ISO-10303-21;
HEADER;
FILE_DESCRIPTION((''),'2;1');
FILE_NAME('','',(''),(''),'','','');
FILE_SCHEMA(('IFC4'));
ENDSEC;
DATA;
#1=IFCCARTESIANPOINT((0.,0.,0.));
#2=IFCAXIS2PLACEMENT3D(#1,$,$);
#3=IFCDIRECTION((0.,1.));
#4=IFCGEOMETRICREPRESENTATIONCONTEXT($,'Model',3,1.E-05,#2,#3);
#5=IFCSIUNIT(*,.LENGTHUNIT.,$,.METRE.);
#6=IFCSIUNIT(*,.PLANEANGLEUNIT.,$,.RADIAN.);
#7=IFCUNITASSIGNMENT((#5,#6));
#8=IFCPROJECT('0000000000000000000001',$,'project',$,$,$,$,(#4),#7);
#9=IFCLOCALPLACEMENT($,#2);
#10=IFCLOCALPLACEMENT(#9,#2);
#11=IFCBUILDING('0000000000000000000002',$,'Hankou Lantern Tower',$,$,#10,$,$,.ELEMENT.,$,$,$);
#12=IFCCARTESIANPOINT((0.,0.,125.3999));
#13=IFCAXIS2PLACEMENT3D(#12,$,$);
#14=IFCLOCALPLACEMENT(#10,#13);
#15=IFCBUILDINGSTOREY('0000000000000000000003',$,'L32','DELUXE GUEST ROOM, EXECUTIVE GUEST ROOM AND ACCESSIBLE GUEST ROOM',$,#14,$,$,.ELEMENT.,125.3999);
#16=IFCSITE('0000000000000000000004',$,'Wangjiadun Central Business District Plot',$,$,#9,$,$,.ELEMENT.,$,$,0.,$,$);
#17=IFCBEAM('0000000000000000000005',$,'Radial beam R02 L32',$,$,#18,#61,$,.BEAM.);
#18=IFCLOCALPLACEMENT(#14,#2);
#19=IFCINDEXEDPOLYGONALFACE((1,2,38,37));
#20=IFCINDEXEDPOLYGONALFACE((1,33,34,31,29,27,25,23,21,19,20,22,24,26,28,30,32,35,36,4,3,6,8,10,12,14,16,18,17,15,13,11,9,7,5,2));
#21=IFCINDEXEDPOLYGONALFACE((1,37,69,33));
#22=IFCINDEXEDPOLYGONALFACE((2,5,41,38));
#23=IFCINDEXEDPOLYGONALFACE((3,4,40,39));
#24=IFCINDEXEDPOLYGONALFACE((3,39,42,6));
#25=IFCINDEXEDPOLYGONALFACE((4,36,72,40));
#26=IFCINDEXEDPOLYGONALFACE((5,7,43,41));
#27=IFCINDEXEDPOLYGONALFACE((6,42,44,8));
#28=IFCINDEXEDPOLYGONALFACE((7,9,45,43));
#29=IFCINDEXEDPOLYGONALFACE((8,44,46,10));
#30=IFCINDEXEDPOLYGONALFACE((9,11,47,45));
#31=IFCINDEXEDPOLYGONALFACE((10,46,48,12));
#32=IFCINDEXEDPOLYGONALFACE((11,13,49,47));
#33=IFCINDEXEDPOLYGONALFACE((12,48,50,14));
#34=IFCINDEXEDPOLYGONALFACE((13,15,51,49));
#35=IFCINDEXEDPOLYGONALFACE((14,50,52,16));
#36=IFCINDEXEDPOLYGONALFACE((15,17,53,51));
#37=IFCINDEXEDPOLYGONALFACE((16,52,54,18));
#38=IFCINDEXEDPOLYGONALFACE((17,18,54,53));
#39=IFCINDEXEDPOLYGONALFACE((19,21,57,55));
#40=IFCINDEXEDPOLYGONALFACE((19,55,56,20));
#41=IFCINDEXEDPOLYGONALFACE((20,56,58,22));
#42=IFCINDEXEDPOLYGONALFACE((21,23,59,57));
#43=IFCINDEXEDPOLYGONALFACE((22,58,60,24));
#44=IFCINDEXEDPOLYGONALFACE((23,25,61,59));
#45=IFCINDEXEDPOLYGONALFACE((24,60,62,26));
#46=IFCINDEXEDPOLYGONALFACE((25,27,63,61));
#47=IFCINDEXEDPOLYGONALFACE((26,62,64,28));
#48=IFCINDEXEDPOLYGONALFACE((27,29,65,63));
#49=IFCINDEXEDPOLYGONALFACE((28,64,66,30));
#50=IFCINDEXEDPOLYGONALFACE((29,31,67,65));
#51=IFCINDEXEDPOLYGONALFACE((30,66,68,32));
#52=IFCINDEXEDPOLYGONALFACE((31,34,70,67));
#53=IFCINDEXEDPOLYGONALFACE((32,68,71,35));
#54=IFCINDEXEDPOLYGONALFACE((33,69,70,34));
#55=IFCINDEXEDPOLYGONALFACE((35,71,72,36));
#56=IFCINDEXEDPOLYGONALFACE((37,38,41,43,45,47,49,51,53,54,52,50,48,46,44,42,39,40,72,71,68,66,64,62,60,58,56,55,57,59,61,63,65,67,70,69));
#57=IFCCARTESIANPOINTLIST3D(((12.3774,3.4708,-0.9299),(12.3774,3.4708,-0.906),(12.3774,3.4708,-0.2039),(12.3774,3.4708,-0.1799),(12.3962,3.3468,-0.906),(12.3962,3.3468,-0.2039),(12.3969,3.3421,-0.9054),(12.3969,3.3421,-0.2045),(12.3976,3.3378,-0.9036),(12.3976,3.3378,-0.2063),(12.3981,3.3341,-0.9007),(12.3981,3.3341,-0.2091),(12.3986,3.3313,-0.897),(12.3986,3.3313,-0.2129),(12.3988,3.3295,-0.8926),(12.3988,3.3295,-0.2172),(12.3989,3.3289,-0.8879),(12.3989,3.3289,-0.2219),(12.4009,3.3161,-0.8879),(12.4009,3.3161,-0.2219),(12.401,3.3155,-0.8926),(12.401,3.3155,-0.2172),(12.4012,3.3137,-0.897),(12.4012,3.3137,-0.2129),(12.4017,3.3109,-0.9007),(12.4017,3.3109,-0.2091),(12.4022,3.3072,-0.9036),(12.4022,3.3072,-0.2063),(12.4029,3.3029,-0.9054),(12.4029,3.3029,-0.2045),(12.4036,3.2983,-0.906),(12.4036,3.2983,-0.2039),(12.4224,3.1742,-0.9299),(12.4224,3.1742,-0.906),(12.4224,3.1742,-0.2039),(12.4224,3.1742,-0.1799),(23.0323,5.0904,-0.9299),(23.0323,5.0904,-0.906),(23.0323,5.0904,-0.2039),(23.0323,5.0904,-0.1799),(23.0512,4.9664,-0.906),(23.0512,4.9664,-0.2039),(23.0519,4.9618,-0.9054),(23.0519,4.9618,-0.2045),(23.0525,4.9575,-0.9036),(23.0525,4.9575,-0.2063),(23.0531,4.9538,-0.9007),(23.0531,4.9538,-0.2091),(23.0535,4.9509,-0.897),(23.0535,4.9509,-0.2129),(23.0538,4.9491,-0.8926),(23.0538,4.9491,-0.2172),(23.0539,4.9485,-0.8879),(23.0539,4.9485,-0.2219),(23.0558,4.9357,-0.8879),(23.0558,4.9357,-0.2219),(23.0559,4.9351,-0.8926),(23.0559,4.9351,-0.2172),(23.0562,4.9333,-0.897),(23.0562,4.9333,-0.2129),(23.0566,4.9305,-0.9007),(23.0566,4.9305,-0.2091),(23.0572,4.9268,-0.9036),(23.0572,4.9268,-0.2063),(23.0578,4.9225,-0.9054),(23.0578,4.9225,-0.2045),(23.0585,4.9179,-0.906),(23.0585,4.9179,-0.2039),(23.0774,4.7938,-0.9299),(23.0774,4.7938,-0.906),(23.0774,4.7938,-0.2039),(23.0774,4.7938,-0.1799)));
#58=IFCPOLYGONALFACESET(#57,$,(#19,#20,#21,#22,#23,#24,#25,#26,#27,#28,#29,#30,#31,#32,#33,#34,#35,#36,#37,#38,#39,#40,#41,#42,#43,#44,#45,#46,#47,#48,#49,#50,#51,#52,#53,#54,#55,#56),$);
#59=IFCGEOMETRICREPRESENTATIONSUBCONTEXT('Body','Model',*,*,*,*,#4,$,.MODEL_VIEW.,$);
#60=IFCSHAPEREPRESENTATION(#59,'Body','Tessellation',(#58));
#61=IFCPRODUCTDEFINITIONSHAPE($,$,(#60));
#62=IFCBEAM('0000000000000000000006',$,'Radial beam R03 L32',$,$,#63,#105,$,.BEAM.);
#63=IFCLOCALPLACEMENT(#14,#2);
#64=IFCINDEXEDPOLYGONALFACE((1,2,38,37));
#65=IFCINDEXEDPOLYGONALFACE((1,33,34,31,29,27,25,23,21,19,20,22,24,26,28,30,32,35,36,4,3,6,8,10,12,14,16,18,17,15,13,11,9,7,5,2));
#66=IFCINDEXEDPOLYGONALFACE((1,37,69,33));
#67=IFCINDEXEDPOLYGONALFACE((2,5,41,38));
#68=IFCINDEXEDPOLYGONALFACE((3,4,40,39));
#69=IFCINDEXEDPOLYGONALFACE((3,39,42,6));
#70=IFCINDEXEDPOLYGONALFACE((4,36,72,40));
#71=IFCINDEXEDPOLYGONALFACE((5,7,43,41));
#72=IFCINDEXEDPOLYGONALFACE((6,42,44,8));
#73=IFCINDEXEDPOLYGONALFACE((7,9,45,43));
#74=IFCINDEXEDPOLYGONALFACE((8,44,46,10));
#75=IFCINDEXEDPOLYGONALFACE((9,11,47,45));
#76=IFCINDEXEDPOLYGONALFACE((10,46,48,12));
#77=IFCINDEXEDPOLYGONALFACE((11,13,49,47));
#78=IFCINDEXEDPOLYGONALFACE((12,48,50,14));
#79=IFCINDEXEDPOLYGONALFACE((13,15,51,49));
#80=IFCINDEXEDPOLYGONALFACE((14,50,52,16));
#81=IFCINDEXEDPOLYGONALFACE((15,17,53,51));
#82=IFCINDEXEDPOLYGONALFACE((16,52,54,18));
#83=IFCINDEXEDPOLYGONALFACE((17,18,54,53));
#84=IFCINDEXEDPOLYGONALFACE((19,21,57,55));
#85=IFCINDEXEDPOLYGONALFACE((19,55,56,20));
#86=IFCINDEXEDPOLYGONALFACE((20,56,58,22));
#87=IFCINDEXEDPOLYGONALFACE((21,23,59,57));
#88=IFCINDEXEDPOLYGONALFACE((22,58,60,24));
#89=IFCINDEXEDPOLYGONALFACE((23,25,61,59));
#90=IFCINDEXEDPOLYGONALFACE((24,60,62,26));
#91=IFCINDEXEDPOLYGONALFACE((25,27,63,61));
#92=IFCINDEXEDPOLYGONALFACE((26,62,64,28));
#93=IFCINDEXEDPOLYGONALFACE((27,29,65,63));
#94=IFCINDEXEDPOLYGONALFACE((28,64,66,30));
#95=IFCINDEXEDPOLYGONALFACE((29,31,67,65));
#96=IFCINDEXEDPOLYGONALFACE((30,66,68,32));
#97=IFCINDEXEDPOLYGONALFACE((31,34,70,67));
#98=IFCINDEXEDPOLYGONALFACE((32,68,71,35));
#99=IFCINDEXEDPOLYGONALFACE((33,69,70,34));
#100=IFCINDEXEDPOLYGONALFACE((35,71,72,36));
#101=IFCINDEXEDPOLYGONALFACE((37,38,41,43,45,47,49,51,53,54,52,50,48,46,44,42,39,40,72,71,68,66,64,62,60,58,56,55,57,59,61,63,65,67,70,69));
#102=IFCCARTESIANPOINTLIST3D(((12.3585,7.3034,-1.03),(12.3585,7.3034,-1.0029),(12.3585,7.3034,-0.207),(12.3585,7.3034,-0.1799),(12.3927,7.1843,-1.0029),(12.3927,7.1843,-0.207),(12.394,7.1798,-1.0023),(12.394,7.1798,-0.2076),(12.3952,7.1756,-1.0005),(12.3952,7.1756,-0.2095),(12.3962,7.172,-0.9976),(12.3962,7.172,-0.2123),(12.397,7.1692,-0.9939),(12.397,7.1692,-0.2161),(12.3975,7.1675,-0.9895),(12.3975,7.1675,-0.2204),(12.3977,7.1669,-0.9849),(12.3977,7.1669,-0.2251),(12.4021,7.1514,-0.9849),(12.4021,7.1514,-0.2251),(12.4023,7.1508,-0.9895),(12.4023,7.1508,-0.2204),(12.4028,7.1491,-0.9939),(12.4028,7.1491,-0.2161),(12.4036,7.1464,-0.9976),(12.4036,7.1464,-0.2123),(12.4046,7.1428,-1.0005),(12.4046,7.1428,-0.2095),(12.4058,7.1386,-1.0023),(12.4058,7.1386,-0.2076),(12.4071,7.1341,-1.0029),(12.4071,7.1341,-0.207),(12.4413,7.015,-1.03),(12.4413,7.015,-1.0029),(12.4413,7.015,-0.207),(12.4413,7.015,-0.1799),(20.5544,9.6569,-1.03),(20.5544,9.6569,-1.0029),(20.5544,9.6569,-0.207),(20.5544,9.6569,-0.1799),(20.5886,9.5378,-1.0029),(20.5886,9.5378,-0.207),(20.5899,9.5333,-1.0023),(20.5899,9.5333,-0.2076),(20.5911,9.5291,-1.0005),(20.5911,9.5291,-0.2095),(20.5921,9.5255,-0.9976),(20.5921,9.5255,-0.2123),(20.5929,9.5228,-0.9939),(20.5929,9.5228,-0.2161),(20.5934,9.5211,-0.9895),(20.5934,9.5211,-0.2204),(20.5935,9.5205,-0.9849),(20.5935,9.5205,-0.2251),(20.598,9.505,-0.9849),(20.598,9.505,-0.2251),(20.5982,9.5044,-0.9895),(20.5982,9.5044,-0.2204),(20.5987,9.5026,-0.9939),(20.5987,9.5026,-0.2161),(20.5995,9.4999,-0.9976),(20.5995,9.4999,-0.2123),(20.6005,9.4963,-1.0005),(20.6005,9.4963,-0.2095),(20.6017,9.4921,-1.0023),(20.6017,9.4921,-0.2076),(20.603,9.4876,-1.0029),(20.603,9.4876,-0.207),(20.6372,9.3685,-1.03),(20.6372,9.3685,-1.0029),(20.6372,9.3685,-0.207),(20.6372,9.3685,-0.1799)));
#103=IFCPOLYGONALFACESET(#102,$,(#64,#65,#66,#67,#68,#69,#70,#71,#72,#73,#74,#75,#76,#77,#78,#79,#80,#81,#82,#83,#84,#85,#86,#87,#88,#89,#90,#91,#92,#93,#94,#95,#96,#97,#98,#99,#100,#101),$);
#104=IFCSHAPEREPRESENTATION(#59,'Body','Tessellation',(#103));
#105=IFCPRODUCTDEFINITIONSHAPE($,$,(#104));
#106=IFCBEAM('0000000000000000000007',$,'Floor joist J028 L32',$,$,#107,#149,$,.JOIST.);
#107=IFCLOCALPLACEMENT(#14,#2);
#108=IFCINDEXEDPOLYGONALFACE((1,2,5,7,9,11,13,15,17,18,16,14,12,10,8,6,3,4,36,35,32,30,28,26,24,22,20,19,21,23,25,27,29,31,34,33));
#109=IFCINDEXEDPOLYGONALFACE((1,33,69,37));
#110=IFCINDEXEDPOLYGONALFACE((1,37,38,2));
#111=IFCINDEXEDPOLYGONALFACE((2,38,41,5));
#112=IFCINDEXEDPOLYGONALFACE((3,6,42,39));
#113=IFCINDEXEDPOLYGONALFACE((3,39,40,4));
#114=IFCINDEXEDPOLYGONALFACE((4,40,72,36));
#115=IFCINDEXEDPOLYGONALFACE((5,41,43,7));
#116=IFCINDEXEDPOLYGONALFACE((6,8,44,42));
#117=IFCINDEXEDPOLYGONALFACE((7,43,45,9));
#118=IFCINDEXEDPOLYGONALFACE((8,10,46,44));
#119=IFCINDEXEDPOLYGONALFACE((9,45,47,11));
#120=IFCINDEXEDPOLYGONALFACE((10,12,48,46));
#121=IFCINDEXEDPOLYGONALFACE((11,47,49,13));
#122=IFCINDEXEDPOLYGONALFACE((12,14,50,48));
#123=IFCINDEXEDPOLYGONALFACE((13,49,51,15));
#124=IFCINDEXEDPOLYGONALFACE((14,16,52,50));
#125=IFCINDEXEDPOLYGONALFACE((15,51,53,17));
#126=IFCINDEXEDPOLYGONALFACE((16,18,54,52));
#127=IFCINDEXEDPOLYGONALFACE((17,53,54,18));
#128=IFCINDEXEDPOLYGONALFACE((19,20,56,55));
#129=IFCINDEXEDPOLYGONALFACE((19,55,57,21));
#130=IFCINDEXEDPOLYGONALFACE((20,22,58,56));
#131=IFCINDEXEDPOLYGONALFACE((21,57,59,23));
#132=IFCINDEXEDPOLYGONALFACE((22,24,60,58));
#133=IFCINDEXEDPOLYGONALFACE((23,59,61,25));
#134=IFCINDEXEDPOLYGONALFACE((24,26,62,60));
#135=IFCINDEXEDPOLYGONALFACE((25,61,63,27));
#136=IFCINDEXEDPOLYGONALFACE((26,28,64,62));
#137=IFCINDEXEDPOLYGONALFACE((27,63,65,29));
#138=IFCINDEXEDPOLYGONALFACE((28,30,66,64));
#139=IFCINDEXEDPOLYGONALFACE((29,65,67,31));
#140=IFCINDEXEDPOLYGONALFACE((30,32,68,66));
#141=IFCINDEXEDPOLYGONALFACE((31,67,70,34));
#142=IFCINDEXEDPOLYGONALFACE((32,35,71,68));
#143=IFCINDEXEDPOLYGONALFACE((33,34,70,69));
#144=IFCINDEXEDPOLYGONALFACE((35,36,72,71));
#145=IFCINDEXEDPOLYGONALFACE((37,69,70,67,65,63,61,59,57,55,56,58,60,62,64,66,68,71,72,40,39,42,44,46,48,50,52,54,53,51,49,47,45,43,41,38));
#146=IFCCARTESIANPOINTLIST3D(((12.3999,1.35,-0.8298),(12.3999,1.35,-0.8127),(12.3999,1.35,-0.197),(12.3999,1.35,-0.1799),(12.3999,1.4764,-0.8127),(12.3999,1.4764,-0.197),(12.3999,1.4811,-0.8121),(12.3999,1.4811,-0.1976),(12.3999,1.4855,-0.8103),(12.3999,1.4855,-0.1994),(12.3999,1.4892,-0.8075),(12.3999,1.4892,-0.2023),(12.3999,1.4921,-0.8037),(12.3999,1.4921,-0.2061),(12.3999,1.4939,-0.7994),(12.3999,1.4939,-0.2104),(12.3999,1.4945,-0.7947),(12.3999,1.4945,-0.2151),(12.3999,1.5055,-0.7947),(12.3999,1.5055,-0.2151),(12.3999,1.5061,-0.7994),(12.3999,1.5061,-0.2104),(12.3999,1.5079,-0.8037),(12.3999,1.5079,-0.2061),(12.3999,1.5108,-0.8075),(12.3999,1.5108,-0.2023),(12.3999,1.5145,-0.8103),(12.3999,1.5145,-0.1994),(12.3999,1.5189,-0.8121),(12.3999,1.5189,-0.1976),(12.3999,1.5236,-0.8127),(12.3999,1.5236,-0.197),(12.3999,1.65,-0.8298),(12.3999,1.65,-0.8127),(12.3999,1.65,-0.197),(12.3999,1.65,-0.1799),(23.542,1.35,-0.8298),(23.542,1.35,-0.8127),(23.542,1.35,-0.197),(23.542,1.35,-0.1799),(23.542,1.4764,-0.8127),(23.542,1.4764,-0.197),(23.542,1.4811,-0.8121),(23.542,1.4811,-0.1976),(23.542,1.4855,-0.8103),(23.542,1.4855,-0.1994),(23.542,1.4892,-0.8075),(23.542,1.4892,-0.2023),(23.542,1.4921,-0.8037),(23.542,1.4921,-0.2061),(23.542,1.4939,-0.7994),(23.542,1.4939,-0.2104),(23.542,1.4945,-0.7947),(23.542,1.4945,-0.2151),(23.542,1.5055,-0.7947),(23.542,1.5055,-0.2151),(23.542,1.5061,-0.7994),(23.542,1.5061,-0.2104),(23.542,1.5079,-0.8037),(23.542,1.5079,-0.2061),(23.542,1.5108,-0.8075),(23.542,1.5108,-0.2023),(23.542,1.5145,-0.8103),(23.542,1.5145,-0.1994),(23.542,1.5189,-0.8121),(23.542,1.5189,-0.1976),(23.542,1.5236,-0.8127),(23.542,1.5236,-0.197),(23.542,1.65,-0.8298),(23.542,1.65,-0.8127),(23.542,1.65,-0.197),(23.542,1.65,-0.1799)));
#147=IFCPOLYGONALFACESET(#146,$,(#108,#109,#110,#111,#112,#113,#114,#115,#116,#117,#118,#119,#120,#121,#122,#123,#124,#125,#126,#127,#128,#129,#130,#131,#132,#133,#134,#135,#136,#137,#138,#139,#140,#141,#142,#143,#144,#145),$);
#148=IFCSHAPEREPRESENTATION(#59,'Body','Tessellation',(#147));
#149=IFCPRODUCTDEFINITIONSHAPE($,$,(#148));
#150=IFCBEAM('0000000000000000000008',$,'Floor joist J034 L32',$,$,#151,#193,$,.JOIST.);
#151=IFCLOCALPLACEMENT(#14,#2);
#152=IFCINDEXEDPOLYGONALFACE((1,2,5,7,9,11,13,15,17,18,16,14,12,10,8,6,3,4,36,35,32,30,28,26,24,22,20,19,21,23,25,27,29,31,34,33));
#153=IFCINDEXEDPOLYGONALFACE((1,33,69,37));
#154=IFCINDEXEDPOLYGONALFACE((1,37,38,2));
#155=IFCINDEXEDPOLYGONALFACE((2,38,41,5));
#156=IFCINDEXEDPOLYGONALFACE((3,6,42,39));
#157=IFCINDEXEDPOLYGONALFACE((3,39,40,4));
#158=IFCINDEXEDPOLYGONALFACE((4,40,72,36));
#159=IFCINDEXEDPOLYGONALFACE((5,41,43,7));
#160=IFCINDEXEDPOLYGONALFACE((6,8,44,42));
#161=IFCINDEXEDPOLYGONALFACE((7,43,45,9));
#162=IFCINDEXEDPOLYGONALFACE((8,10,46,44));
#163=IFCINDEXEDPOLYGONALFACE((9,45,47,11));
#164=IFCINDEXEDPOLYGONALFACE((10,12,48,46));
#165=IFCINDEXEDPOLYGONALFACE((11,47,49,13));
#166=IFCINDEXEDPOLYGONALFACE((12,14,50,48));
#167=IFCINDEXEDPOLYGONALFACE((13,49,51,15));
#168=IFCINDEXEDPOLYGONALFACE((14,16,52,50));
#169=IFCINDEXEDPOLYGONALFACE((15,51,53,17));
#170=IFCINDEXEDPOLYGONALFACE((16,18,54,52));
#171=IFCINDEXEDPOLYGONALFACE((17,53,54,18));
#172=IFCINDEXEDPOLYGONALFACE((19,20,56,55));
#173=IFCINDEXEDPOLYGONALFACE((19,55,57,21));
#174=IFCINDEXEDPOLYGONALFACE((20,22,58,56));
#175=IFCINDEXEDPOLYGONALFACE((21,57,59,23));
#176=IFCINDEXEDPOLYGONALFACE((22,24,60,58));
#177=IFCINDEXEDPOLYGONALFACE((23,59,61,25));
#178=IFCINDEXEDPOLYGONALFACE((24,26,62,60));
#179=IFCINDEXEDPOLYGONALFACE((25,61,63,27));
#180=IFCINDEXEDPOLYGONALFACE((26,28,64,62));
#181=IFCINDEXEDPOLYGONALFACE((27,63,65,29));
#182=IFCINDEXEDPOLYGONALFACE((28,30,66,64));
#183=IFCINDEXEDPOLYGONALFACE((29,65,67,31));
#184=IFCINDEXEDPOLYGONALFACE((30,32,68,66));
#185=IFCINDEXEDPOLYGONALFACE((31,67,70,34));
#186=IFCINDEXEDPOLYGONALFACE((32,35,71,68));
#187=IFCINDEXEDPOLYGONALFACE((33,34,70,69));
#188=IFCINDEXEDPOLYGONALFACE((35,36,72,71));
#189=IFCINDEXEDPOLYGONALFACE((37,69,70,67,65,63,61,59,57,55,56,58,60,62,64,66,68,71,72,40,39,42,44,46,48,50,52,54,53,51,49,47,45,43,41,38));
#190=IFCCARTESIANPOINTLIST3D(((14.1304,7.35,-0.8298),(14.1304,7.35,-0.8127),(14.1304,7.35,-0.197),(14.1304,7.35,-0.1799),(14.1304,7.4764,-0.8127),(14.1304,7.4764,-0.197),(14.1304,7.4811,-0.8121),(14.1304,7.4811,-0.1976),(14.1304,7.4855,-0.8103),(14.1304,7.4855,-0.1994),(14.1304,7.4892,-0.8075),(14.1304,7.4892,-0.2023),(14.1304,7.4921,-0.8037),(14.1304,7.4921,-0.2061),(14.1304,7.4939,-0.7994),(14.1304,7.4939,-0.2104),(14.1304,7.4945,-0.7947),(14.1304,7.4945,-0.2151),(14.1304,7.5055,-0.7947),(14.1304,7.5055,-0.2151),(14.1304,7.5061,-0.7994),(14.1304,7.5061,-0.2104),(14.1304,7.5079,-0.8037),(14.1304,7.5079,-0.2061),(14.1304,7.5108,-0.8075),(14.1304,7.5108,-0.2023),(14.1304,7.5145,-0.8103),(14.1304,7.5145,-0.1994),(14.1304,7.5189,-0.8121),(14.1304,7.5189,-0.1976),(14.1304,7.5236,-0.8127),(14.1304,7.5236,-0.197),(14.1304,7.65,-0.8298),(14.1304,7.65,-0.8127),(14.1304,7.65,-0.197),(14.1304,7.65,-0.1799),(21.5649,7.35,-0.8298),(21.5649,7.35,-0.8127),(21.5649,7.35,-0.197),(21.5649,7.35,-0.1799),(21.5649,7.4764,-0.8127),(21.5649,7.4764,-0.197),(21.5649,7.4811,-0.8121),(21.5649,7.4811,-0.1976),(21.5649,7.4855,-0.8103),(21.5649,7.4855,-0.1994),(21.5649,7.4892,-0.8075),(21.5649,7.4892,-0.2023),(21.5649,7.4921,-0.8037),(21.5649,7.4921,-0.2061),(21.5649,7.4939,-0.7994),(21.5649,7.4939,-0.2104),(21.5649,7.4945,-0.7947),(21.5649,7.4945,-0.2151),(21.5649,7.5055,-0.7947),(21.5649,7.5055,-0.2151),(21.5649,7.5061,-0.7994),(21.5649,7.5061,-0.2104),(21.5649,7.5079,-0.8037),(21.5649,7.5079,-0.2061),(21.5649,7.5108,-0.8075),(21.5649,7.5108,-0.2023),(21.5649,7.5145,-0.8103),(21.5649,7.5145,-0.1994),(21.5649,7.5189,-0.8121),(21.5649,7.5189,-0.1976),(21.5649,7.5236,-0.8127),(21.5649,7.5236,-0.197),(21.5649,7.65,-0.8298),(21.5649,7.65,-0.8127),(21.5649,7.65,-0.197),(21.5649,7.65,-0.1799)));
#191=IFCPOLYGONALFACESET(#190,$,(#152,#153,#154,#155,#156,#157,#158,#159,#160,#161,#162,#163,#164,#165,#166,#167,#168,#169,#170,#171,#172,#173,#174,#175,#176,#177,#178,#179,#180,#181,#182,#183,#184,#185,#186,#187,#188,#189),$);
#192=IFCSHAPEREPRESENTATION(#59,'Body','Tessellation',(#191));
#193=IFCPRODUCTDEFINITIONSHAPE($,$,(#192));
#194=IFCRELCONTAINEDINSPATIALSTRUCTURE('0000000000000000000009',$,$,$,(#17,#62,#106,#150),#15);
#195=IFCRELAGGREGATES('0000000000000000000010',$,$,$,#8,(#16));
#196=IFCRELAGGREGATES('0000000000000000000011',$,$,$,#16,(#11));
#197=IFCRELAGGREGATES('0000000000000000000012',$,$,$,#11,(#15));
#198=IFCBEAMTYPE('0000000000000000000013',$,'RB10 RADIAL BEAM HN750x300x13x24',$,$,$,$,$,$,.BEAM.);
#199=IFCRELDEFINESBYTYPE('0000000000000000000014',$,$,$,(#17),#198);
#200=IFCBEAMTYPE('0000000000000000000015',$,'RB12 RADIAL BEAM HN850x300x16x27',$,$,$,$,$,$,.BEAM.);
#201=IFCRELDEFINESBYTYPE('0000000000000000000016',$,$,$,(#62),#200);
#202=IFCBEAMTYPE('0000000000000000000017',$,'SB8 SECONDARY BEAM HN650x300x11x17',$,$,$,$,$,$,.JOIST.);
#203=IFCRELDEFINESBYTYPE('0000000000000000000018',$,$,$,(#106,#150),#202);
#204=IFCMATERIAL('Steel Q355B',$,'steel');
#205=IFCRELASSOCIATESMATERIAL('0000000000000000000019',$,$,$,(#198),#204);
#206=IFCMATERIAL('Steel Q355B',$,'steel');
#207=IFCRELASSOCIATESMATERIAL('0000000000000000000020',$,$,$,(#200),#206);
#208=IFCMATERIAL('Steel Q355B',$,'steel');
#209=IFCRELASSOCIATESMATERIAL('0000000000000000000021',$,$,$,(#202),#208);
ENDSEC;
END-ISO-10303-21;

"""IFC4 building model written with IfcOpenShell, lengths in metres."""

from ifc_helpers import new_model, si_unit, direction, frame, origin, origin_2d, place, context, subcontext, project, spatial, i_section, extrude, material, material_profile, profile_set, type_object, element, save


model = new_model("IFC4")

# Units and contexts
model_context = context("Model", 3, precision=1e-05, world=origin(), true_north=direction((0.0, 1.0)))
body_context = subcontext(model_context, "Body", "Model", "MODEL_VIEW")
ifc_project = project(units=[si_unit("LENGTHUNIT", "METRE"), si_unit("PLANEANGLEUNIT", "RADIAN")], contexts=[model_context])

# Site, building, storey
site_placement = place(None, origin())
site = spatial("IfcSite", under=ifc_project, at=site_placement, Name="Wangjiadun Central Business District Plot", CompositionType="ELEMENT", RefElevation=0.0)
building_placement = place(site_placement, origin())
building = spatial("IfcBuilding", under=site, at=building_placement, Name="Hankou Lantern Tower", CompositionType="ELEMENT")
storey_placement = place(building_placement, frame((0.0, 0.0, 125.3999)))
storey = spatial("IfcBuildingStorey", under=building, at=storey_placement, Name="L32", Description="DELUXE GUEST ROOM, EXECUTIVE GUEST ROOM AND ACCESSIBLE GUEST ROOM", CompositionType="ELEMENT", Elevation=125.3999)

# Beams
ifc_material_1 = material(Name="Steel Q355B", Category="steel")
ifc_material_profile_1 = material_profile(ifc_material_1, i_section(OverallWidth=0.3, OverallDepth=0.75, WebThickness=0.0129, FlangeThickness=0.0239, FilletRadius=0.0181, at=origin_2d()), Name="HN750x300x13x24")
ifc_profile_set_1 = profile_set([ifc_material_profile_1], Name="Steel Q355B")
beam_type_1 = type_object("IfcBeamType", Name="RB10 RADIAL BEAM HN750x300x13x24", PredefinedType="BEAM", material=ifc_profile_set_1)
beam_1_placement = place(storey_placement, frame((12.3999, 3.3225, -0.5549), z_axis=(0.988644, 0.15028, 0.0), x_axis=(-0.15028, 0.988644, 0.0)))
element("IfcBeam", 1, at=beam_1_placement, inside=storey, type_object=beam_type_1, Name="Radial beam R02 L32", PredefinedType="BEAM", context=body_context, shape_type="SweptSolid", body=[
    extrude(i_section(OverallWidth=0.3, OverallDepth=0.75, WebThickness=0.0129, FlangeThickness=0.0239, FilletRadius=0.0181, at=origin_2d()), origin(), (0.0, 0.0, 1.0), 10.7773),
])
ifc_material_2 = material(Name="Steel Q355B", Category="steel")
ifc_material_profile_2 = material_profile(ifc_material_2, i_section(OverallWidth=0.3, OverallDepth=0.8501, WebThickness=0.0161, FlangeThickness=0.0271, FilletRadius=0.0181, at=origin_2d()), Name="HN850x300x16x27")
ifc_profile_set_2 = profile_set([ifc_material_profile_2], Name="Steel Q355B")
beam_type_2 = type_object("IfcBeamType", Name="RB12 RADIAL BEAM HN850x300x16x27", PredefinedType="BEAM", material=ifc_profile_set_2)
beam_2_placement = place(storey_placement, frame((12.3999, 7.1592, -0.605), z_axis=(0.961156, 0.276007, 0.0), x_axis=(-0.276007, 0.961156, 0.0)))
element("IfcBeam", 2, at=beam_2_placement, inside=storey, type_object=beam_type_2, Name="Radial beam R03 L32", PredefinedType="BEAM", context=body_context, shape_type="SweptSolid", body=[
    extrude(i_section(OverallWidth=0.3, OverallDepth=0.8501, WebThickness=0.0161, FlangeThickness=0.0271, FilletRadius=0.0181, at=origin_2d()), origin(), (0.0, 0.0, 1.0), 8.5271),
])
ifc_material_3 = material(Name="Steel Q355B", Category="steel")
ifc_material_profile_3 = material_profile(ifc_material_3, i_section(OverallWidth=0.3, OverallDepth=0.6499, WebThickness=0.011, FlangeThickness=0.0171, FilletRadius=0.0181, at=origin_2d()), Name="HN650x300x11x17")
ifc_profile_set_3 = profile_set([ifc_material_profile_3], Name="Steel Q355B")
beam_type_3 = type_object("IfcBeamType", Name="SB8 SECONDARY BEAM HN650x300x11x17", PredefinedType="JOIST", material=ifc_profile_set_3)
beam_3_placement = place(storey_placement, frame((12.3999, 1.5, -0.5049), z_axis=(1.0, 0.0, 0.0), x_axis=(0.0, 1.0, 0.0)))
element("IfcBeam", 3, at=beam_3_placement, inside=storey, type_object=beam_type_3, Name="Floor joist J028 L32", PredefinedType="JOIST", context=body_context, shape_type="SweptSolid", body=[
    extrude(i_section(OverallWidth=0.3, OverallDepth=0.6499, WebThickness=0.011, FlangeThickness=0.0171, FilletRadius=0.0181, at=origin_2d()), origin(), (0.0, 0.0, 1.0), 11.1421),
])
beam_4_placement = place(storey_placement, frame((14.1304, 7.5, -0.5049), z_axis=(1.0, 0.0, 0.0), x_axis=(0.0, 1.0, 0.0)))
element("IfcBeam", 4, at=beam_4_placement, inside=storey, type_object=beam_type_3, Name="Floor joist J034 L32", PredefinedType="JOIST", context=body_context, shape_type="SweptSolid", body=[
    extrude(i_section(OverallWidth=0.3, OverallDepth=0.6499, WebThickness=0.011, FlangeThickness=0.0171, FilletRadius=0.0181, at=origin_2d()), origin(), (0.0, 0.0, 1.0), 7.4346),
])

save(model, "model.ifc")
